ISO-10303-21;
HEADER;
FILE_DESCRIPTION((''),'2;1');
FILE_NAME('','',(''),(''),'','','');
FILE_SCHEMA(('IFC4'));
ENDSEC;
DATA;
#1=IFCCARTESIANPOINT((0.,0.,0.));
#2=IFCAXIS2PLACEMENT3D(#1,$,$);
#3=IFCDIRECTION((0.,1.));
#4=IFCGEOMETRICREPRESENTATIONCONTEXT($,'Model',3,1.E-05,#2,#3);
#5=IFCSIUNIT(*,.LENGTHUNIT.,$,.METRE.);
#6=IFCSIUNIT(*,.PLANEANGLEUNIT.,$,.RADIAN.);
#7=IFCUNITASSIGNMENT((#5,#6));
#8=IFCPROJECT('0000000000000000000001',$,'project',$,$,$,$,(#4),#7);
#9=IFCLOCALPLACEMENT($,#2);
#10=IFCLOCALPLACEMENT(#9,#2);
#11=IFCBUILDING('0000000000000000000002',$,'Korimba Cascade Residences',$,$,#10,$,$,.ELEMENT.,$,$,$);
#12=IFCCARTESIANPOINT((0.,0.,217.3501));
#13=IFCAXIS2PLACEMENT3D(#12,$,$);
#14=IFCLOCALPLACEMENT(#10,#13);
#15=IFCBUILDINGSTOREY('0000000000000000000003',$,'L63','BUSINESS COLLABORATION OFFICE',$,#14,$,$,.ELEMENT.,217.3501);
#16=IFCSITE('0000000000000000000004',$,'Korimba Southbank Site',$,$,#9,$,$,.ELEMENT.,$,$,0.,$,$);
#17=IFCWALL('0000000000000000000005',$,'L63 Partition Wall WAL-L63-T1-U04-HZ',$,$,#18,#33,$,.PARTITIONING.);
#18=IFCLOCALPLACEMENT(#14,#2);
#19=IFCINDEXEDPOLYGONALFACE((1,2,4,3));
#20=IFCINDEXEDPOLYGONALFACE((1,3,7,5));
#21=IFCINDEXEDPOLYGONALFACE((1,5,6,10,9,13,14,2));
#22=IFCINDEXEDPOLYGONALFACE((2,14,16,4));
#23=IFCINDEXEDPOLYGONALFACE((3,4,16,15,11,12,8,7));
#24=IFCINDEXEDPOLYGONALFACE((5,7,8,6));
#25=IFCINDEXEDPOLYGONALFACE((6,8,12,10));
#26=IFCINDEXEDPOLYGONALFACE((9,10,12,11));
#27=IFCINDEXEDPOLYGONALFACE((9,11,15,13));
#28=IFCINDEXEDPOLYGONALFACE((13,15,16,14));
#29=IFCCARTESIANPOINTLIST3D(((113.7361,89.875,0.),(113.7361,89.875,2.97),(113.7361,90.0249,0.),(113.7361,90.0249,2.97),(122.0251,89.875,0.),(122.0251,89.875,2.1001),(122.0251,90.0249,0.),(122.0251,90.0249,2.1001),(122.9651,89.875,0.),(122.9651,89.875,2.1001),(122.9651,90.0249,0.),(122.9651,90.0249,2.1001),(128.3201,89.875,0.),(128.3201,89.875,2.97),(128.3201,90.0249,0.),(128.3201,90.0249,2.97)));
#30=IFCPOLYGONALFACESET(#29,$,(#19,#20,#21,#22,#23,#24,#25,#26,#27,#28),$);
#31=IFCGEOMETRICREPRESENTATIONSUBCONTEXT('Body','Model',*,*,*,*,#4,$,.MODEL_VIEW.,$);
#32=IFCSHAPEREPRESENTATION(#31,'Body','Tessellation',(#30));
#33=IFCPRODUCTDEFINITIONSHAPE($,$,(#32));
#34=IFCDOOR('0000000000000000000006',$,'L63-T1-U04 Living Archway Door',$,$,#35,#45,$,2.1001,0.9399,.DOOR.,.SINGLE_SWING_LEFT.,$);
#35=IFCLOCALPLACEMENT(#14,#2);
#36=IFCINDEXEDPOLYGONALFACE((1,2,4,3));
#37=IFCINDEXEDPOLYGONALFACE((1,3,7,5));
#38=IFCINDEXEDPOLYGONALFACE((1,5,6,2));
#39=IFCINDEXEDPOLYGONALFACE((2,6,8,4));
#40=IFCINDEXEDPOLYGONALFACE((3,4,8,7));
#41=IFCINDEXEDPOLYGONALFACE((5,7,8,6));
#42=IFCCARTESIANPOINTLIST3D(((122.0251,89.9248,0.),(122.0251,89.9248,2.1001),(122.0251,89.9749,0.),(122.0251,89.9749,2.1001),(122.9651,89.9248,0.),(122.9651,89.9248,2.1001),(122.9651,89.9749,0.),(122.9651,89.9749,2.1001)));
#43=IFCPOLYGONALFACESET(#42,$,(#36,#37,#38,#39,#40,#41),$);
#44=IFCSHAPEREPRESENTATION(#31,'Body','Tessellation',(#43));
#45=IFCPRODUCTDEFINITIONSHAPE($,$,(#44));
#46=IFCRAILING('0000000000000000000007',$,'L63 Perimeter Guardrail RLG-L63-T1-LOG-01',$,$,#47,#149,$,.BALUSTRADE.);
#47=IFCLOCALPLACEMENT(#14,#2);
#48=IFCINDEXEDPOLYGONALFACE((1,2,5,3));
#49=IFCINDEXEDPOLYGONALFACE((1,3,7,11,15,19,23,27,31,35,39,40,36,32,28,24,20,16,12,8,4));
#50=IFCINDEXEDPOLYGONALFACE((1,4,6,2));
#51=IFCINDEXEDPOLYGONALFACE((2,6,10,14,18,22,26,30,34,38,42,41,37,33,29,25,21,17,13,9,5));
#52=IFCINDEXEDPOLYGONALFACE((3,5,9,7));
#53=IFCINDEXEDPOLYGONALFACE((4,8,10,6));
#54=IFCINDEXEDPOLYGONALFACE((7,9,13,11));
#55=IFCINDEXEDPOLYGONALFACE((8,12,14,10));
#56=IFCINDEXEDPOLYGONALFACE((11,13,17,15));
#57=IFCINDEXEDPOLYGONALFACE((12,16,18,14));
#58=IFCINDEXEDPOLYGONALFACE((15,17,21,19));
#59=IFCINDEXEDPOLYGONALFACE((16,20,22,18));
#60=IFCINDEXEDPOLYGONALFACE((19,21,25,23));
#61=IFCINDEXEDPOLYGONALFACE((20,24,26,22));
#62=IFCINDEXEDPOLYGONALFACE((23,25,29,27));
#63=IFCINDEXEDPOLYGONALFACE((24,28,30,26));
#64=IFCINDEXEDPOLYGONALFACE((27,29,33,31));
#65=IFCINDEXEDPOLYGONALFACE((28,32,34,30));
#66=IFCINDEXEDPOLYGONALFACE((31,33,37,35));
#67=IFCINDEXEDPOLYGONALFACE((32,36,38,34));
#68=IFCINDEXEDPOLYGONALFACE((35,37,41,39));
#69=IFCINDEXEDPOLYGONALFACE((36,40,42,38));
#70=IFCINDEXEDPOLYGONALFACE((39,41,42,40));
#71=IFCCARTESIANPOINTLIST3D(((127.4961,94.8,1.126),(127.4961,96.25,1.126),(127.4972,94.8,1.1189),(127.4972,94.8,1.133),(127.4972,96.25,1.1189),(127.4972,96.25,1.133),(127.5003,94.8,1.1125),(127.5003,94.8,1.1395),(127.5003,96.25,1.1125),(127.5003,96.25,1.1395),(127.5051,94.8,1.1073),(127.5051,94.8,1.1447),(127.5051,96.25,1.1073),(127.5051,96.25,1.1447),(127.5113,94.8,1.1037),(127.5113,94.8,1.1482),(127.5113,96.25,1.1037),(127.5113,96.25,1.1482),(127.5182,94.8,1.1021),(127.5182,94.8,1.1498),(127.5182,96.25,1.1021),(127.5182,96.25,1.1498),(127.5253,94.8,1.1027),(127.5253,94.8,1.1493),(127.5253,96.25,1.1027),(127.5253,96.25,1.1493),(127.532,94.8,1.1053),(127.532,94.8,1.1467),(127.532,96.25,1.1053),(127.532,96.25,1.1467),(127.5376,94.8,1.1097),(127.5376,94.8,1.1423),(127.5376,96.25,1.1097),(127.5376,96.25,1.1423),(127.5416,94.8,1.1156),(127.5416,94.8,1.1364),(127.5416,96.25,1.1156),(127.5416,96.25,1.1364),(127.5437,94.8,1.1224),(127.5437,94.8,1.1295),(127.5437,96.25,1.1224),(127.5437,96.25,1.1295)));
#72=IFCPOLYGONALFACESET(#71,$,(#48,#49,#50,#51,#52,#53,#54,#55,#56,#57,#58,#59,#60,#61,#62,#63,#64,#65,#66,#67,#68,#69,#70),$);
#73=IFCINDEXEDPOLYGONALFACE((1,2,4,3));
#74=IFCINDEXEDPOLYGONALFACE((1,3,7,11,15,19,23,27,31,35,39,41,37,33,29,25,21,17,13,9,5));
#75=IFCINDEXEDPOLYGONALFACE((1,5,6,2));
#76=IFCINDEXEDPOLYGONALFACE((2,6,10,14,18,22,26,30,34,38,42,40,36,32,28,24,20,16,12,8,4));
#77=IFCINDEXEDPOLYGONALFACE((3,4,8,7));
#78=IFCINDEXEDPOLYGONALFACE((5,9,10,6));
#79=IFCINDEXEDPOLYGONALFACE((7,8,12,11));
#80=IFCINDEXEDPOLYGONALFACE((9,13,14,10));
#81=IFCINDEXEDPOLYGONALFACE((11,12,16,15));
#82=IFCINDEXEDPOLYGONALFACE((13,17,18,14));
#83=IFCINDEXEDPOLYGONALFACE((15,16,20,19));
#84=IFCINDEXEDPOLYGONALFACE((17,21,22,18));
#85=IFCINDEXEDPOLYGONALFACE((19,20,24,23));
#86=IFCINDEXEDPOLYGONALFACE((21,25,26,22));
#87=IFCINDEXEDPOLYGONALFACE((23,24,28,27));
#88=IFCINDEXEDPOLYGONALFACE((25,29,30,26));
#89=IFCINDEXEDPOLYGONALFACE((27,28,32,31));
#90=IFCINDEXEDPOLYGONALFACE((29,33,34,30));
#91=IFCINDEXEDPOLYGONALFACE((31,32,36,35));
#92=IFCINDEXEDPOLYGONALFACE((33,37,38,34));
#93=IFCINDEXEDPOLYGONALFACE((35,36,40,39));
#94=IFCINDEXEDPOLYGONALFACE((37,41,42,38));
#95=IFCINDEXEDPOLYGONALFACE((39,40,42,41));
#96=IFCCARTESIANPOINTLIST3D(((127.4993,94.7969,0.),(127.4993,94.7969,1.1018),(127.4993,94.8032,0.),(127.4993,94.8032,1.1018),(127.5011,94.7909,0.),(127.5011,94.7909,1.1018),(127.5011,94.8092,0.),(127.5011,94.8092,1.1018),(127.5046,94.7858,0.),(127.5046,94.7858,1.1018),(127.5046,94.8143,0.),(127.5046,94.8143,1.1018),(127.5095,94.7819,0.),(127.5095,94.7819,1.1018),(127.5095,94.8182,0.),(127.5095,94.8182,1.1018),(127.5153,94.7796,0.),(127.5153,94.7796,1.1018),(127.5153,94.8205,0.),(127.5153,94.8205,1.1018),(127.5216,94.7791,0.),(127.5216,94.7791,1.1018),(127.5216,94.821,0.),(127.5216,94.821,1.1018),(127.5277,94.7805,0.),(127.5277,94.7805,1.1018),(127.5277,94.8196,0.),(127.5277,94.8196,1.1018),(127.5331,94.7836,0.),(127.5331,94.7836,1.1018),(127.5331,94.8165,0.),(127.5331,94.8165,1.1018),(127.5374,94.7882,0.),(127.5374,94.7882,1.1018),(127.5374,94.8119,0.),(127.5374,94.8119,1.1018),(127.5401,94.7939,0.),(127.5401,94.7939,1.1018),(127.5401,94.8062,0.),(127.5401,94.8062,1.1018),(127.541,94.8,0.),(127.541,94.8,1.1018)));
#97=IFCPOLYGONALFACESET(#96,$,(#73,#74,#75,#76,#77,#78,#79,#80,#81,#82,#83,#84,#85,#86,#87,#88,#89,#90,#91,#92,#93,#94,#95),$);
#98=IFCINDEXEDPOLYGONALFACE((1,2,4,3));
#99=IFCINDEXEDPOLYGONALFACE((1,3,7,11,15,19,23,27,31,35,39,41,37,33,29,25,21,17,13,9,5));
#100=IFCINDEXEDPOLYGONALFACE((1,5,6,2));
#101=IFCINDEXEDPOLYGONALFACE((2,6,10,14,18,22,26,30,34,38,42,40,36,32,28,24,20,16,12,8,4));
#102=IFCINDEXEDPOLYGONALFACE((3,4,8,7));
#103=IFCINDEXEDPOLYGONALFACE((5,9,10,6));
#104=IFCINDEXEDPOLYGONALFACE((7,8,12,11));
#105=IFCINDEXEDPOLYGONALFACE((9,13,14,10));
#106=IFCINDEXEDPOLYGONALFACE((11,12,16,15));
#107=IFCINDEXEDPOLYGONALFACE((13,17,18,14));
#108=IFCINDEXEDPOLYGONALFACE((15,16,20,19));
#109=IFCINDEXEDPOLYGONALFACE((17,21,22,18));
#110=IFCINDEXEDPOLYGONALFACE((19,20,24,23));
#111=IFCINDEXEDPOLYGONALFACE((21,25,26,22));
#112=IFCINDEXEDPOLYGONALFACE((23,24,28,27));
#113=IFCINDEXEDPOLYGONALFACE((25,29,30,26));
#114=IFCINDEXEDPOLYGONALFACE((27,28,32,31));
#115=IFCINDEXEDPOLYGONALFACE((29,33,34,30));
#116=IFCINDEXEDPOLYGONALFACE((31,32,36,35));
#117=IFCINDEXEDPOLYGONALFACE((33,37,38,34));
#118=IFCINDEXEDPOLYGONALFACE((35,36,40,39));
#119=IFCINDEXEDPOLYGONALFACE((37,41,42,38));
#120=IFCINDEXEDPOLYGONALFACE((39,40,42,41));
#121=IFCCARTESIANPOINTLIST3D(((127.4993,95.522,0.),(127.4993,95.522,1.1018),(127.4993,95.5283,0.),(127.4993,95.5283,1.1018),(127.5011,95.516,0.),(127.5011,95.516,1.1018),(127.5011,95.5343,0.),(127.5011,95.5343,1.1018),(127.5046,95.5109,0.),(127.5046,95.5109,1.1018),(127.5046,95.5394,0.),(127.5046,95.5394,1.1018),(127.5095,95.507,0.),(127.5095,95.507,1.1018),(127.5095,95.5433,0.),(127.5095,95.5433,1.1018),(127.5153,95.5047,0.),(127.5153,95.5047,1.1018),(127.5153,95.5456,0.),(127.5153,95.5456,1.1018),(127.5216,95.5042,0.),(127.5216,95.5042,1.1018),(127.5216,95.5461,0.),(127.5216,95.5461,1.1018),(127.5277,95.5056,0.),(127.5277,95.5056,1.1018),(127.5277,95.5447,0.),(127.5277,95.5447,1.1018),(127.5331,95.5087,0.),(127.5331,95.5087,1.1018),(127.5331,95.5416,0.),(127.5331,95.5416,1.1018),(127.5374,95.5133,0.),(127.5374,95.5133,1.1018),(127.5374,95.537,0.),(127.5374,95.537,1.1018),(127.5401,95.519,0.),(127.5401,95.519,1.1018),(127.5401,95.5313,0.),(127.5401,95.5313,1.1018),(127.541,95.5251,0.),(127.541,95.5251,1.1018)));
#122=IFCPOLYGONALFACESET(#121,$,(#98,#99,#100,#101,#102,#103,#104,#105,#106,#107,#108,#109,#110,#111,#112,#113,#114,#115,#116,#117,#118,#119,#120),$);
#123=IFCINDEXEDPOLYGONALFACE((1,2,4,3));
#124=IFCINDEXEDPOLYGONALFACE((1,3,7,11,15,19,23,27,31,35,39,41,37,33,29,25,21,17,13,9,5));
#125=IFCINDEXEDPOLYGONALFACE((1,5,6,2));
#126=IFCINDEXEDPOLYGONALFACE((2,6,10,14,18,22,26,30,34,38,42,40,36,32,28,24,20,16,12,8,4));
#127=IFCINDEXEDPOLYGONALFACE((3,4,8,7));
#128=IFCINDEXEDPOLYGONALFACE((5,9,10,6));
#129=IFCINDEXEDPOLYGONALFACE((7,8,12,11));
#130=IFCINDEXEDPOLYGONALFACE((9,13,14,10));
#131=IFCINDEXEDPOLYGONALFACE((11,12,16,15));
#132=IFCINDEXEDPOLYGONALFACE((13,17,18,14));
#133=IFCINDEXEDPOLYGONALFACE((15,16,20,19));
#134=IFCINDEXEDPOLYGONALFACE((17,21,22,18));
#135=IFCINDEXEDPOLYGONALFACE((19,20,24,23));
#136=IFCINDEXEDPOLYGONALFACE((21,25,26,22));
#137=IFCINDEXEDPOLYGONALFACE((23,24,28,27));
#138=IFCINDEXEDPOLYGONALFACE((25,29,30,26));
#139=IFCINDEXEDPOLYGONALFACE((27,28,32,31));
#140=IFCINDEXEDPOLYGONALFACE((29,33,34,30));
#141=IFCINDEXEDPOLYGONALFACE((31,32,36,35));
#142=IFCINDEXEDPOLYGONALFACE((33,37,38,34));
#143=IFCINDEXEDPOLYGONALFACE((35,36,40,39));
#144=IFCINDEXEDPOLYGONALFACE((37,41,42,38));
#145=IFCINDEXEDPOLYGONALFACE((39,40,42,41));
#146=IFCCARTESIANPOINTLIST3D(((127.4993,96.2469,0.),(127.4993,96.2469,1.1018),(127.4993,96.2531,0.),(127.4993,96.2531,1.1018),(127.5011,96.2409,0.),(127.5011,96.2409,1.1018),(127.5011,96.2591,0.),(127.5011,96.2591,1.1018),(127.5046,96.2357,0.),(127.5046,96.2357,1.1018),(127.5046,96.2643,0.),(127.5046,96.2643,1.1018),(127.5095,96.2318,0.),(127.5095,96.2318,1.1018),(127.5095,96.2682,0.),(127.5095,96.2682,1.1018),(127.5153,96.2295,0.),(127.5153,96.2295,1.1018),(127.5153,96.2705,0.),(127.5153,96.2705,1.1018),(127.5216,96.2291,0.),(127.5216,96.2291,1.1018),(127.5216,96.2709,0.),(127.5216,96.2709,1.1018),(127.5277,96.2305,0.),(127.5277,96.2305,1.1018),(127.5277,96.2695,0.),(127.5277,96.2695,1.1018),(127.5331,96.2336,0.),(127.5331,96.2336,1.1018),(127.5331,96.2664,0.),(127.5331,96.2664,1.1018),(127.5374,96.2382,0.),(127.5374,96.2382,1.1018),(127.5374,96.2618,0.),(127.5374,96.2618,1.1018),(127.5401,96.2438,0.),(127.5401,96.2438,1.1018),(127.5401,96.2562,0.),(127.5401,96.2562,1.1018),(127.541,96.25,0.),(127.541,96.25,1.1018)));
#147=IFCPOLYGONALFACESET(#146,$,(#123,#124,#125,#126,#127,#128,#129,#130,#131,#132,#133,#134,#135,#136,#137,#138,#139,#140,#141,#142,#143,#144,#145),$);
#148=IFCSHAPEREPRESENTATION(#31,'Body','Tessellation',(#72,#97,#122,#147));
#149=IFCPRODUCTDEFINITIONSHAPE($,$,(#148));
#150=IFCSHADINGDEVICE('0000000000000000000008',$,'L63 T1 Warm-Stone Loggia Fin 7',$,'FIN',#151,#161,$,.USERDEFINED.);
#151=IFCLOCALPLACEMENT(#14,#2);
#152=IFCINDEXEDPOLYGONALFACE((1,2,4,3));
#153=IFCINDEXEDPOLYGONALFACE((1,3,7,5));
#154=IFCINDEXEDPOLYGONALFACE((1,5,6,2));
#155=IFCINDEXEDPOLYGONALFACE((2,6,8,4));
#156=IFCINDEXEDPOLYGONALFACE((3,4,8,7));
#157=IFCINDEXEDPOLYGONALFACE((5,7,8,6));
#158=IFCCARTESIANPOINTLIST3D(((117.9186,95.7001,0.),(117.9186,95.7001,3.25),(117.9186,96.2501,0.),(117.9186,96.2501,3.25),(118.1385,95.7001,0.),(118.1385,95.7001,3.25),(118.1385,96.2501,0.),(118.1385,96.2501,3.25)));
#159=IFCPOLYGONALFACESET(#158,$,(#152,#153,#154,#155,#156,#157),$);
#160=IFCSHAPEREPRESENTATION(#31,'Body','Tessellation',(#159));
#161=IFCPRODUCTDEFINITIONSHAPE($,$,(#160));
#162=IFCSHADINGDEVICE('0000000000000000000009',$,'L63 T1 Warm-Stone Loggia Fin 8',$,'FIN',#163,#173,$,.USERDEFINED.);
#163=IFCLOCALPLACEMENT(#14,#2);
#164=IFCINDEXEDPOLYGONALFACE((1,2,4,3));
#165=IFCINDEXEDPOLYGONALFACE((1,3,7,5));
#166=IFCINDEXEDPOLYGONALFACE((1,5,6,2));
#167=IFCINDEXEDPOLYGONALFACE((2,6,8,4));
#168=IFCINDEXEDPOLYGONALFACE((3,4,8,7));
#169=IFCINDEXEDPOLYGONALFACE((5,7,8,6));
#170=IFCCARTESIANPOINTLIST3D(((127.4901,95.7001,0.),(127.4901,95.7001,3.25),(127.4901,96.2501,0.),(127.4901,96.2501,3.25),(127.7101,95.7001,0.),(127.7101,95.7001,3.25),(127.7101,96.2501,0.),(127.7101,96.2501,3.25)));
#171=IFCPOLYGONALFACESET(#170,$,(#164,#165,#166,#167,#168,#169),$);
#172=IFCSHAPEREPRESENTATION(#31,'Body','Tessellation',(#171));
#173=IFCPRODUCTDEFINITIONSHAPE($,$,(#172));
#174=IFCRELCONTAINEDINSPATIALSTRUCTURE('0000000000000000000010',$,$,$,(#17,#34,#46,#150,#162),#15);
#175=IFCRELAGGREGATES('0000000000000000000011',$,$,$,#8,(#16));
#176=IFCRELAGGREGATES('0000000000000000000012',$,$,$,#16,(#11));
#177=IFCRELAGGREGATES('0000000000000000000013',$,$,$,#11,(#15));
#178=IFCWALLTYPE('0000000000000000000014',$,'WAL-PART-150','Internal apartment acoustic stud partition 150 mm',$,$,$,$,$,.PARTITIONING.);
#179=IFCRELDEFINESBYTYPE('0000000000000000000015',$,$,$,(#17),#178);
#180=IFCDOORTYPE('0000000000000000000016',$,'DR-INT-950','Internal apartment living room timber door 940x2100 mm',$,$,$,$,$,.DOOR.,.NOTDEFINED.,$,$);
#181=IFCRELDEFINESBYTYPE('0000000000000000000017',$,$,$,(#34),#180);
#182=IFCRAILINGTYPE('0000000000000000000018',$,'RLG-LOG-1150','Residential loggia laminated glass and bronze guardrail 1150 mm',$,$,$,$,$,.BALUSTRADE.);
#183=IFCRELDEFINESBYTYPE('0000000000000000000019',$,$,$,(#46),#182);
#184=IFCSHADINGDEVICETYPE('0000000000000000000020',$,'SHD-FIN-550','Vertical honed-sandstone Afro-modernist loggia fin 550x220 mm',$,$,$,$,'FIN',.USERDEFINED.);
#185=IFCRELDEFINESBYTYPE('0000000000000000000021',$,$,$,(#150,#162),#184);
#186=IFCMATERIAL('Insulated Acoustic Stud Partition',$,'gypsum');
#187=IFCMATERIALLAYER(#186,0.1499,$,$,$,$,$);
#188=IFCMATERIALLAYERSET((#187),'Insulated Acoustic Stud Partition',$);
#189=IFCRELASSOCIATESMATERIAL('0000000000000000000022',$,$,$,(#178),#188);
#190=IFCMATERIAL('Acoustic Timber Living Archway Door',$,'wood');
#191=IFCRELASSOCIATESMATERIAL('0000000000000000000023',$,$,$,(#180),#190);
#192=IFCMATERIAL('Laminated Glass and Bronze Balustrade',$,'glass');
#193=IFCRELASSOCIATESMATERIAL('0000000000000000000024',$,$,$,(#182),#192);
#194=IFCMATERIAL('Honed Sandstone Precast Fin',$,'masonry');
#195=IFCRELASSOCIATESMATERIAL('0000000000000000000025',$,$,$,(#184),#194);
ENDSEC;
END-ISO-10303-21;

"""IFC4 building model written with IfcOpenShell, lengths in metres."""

from ifc_helpers import new_model, si_unit, direction, frame, frame_2d, origin, origin_2d, place, context, subcontext, project, spatial, rectangle, circle, extrude, material, layer, layer_set, type_object, element, fill, save


model = new_model("IFC4")

# Units and contexts
model_context = context("Model", 3, precision=1e-05, world=origin(), true_north=direction((0.0, 1.0)))
body_context = subcontext(model_context, "Body", "Model", "MODEL_VIEW")
ifc_project = project(units=[si_unit("LENGTHUNIT", "METRE"), si_unit("PLANEANGLEUNIT", "RADIAN")], contexts=[model_context])

# Site, building, storey
site_placement = place(None, origin())
site = spatial("IfcSite", under=ifc_project, at=site_placement, Name="Korimba Southbank Site", CompositionType="ELEMENT", RefElevation=0.0)
building_placement = place(site_placement, origin())
building = spatial("IfcBuilding", under=site, at=building_placement, Name="Korimba Cascade Residences", CompositionType="ELEMENT")
storey_placement = place(building_placement, frame((0.0, 0.0, 217.3501)))
storey = spatial("IfcBuildingStorey", under=building, at=storey_placement, Name="L63", Description="BUSINESS COLLABORATION OFFICE", CompositionType="ELEMENT", Elevation=217.3501)

# Shared definitions
ifc_material_1 = material(Name="Insulated Acoustic Stud Partition", Category="gypsum")
ifc_layer_1 = layer(ifc_material_1, 0.1499)
ifc_layer_set_1 = layer_set([ifc_layer_1], Name="Insulated Acoustic Stud Partition")
wall_type_1 = type_object("IfcWallType", Name="WAL-PART-150", Description="Internal apartment acoustic stud partition 150 mm", PredefinedType="PARTITIONING", material=ifc_layer_set_1)

# Wall, opening, door
wall_1_placement = place(storey_placement, frame((113.7361, 89.95, 0.0), z_axis=(0.0, 0.0, 1.0), x_axis=(1.0, 0.0, 0.0)))
wall_1 = element("IfcWall", 1, at=wall_1_placement, inside=storey, type_object=wall_type_1, Name="L63 Partition Wall WAL-L63-T1-U04-HZ", PredefinedType="PARTITIONING", context=body_context, shape_type="SweptSolid", body=[
    extrude(rectangle(XDim=14.584, YDim=0.1499, at=frame_2d((7.292, 0.0))), origin(), (0.0, 0.0, 1.0), 2.97),
])
opening_1_placement = place(wall_1_placement, frame((8.2891, 0.0, 0.0)))
opening_1 = element("IfcOpeningElement", 2, at=opening_1_placement, cuts=wall_1, PredefinedType="OPENING", context=body_context, shape_type="SweptSolid", body=[
    extrude(rectangle(XDim=0.9399, YDim=2.1001, at=frame_2d((0.47, 1.05))), frame((0.0, 0.085, 0.0), z_axis=(0.0, -1.0, 0.0), x_axis=(1.0, 0.0, 0.0)), (0.0, 0.0, 1.0), 0.1699),
])
ifc_material_2 = material(Name="Acoustic Timber Living Archway Door", Category="wood")
door_type_1 = type_object("IfcDoorType", Name="DR-INT-950", Description="Internal apartment living room timber door 940x2100 mm", OperationType="NOTDEFINED", PredefinedType="DOOR", material=ifc_material_2)
door_1_placement = place(opening_1_placement, origin())
door_1 = element("IfcDoor", 3, at=door_1_placement, inside=storey, type_object=door_type_1, Name="L63-T1-U04 Living Archway Door", OperationType="SINGLE_SWING_LEFT", OverallHeight=2.1001, OverallWidth=0.9399, PredefinedType="DOOR", context=body_context, shape_type="SweptSolid", body=[
    extrude(rectangle(XDim=0.9399, YDim=2.1001, at=frame_2d((0.47, 1.05))), frame((0.0, 0.0249, 0.0), z_axis=(0.0, -1.0, 0.0), x_axis=(1.0, 0.0, 0.0)), (0.0, 0.0, 1.0), 0.05),
])
fill(opening_1, door_1)

# Railing
ifc_material_3 = material(Name="Laminated Glass and Bronze Balustrade", Category="glass")
railing_type = type_object("IfcRailingType", Name="RLG-LOG-1150", Description="Residential loggia laminated glass and bronze guardrail 1150 mm", PredefinedType="BALUSTRADE", material=ifc_material_3)
railing_placement = place(storey_placement, frame((127.52, 94.8, 0.0)))
element("IfcRailing", 4, at=railing_placement, inside=storey, type_object=railing_type, Name="L63 Perimeter Guardrail RLG-L63-T1-LOG-01", PredefinedType="BALUSTRADE", context=body_context, shape_type="SweptSolid", body=[
    extrude(circle(Radius=0.0239, at=origin_2d()), frame((0.0, 0.0, 1.126), z_axis=(0.0, 1.0, 0.0), x_axis=(-1.0, 0.0, 0.0)), (0.0, 0.0, 1.0), 1.45),
    extrude(circle(Radius=0.021, at=origin_2d()), origin(), (0.0, 0.0, 1.0), 1.1018),
    extrude(circle(Radius=0.021, at=origin_2d()), frame((0.0, 0.7251, 0.0)), (0.0, 0.0, 1.0), 1.1018),
    extrude(circle(Radius=0.021, at=origin_2d()), frame((0.0, 1.45, 0.0)), (0.0, 0.0, 1.0), 1.1018),
])

# Shading devices
ifc_material_4 = material(Name="Honed Sandstone Precast Fin", Category="masonry")
shading_device_type = type_object("IfcShadingDeviceType", Name="SHD-FIN-550", Description="Vertical honed-sandstone Afro-modernist loggia fin 550x220 mm", ElementType="FIN", PredefinedType="USERDEFINED", material=ifc_material_4)
for number, where, z_axis, x_axis, name in (
    (5, (118.0286, 95.9751, 0.0), (0.0, 0.0, 1.0), (1.0, 0.0, 0.0), "L63 T1 Warm-Stone Loggia Fin 7"),
    (6, (127.6001, 95.9751, 0.0), (0.0, 0.0, 1.0), (1.0, 0.0, 0.0), "L63 T1 Warm-Stone Loggia Fin 8"),
):
    element("IfcShadingDevice", number, at=place(storey_placement, frame(where, z_axis=z_axis, x_axis=x_axis)), inside=storey, type_object=shading_device_type, Name=name, ObjectType="FIN", PredefinedType="USERDEFINED", context=body_context, shape_type="SweptSolid", body=[
        extrude(rectangle(XDim=0.22, YDim=0.55, at=origin_2d()), origin(), (0.0, 0.0, 1.0), 3.25),
    ])

save(model, "model.ifc")
